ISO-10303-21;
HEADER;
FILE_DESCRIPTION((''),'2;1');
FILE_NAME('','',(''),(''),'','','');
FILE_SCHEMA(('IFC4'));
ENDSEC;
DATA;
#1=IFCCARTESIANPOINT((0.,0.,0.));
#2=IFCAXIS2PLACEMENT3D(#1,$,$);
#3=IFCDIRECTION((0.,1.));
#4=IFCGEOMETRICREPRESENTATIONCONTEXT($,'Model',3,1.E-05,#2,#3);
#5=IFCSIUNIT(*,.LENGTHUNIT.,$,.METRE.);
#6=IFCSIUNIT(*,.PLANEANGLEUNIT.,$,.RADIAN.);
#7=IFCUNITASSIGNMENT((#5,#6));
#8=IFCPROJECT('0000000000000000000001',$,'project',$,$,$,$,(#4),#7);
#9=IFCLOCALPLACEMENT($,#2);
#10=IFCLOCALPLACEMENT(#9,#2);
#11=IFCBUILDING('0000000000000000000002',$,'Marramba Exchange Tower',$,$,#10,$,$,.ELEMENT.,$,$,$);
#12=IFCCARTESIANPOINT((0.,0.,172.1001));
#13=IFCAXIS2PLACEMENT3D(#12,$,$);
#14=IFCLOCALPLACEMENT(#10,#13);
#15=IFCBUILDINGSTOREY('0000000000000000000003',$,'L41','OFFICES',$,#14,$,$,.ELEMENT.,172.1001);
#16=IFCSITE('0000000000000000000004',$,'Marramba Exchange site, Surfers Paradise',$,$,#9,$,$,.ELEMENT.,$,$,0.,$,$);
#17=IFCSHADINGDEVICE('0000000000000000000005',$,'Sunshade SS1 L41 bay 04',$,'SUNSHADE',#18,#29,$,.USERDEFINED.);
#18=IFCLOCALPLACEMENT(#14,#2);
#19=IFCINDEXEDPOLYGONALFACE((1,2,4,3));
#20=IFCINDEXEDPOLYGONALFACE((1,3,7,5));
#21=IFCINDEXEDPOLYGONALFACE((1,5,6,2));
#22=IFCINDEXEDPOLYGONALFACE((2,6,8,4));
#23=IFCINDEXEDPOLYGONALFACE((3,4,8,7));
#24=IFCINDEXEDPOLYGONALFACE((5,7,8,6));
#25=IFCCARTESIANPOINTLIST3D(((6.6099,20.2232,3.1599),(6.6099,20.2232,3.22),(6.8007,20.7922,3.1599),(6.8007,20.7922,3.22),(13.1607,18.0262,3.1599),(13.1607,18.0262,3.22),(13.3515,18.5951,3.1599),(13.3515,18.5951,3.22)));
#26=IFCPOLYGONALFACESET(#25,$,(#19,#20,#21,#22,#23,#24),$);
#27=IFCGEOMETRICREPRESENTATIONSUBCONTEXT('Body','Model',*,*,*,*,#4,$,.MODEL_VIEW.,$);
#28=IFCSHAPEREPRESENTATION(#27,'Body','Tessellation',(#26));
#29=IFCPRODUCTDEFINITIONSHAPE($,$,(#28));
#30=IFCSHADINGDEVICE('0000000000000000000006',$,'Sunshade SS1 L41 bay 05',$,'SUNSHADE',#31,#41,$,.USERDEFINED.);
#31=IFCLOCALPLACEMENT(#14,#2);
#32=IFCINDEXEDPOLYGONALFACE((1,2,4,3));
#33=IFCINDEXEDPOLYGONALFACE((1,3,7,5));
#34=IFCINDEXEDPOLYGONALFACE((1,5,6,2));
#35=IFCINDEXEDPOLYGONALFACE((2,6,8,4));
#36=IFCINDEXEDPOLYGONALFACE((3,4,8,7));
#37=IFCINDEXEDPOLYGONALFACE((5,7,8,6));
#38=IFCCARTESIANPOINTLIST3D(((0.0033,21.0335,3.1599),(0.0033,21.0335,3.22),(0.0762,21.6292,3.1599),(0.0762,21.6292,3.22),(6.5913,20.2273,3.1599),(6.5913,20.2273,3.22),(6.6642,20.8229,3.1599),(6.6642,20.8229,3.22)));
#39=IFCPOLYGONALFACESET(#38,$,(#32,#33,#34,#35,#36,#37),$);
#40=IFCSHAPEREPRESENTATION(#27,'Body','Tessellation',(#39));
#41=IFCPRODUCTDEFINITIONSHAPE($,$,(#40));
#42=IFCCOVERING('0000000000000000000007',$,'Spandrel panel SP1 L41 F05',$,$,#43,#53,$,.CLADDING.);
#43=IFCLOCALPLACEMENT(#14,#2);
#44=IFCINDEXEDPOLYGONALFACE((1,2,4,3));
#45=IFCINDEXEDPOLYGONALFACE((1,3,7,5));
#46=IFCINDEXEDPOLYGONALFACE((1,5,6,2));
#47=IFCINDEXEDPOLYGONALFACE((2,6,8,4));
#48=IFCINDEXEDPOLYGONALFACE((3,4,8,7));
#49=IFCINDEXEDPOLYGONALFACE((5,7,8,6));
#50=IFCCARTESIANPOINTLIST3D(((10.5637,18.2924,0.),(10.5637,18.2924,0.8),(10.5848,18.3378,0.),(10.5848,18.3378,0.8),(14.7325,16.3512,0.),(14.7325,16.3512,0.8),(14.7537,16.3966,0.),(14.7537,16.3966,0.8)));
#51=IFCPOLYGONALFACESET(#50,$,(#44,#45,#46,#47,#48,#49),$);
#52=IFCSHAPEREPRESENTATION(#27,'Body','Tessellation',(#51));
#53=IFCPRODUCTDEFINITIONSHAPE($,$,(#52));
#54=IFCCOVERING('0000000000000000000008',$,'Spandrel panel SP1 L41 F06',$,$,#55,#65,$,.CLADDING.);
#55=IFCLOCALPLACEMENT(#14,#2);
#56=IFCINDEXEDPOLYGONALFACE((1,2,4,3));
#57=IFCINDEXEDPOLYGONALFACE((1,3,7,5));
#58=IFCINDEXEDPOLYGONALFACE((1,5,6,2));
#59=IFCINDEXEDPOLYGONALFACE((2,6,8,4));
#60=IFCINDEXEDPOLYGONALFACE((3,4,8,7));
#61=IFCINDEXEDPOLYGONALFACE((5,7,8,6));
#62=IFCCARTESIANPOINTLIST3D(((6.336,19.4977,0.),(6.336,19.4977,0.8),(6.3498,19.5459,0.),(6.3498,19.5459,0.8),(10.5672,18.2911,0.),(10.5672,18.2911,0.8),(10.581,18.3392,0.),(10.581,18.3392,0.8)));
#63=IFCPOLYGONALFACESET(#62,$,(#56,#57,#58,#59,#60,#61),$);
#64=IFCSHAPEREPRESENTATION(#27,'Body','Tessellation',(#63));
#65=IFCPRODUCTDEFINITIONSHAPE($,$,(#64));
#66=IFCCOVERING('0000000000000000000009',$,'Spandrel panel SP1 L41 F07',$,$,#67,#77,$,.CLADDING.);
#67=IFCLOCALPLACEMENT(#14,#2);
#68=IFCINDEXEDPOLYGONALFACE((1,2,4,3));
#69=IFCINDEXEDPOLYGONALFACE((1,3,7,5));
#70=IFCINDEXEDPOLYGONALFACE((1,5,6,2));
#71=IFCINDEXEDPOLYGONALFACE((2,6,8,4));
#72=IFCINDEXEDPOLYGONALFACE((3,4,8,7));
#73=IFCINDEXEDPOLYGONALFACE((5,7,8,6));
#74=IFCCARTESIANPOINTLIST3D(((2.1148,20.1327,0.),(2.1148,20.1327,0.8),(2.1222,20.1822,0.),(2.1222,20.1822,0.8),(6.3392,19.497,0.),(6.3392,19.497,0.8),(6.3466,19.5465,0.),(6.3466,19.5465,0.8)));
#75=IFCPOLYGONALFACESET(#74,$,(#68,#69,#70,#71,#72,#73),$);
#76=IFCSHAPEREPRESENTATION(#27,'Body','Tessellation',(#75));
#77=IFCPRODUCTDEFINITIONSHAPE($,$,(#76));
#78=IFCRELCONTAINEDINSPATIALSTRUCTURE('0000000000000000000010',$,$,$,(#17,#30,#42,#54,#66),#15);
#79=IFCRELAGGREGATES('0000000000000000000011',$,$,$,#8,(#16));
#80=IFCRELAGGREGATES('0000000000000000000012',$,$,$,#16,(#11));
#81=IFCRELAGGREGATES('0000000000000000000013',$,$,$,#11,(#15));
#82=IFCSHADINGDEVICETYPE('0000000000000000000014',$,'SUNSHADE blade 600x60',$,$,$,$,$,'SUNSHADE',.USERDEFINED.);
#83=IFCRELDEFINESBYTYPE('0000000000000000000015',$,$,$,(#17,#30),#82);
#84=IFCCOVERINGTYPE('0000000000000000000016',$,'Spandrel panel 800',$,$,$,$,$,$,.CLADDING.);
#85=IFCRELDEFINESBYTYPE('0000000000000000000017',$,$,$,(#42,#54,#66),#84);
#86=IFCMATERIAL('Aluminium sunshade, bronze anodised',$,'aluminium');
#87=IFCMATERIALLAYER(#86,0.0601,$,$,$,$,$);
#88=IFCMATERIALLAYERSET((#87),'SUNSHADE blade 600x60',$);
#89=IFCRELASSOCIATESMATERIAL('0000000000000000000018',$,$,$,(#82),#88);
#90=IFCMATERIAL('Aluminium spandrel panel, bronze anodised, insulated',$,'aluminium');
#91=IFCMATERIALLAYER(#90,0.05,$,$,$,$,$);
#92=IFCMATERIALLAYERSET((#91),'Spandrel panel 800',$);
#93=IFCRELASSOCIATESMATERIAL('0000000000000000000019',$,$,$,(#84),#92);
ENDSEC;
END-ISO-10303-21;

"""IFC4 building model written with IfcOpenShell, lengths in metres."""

from ifc_helpers import new_model, si_unit, direction, frame, origin, origin_2d, place, context, subcontext, project, spatial, rectangle, extrude, material, layer, layer_set, type_object, element, save


model = new_model("IFC4")

# Units and contexts
model_context = context("Model", 3, precision=1e-05, world=origin(), true_north=direction((0.0, 1.0)))
body_context = subcontext(model_context, "Body", "Model", "MODEL_VIEW")
ifc_project = project(units=[si_unit("LENGTHUNIT", "METRE"), si_unit("PLANEANGLEUNIT", "RADIAN")], contexts=[model_context])

# Site, building, storey
site_placement = place(None, origin())
site = spatial("IfcSite", under=ifc_project, at=site_placement, Name="Marramba Exchange site, Surfers Paradise", CompositionType="ELEMENT", RefElevation=0.0)
building_placement = place(site_placement, origin())
building = spatial("IfcBuilding", under=site, at=building_placement, Name="Marramba Exchange Tower", CompositionType="ELEMENT")
storey_placement = place(building_placement, frame((0.0, 0.0, 172.1001)))
storey = spatial("IfcBuildingStorey", under=building, at=storey_placement, Name="L41", Description="OFFICES", CompositionType="ELEMENT", Elevation=172.1001)

# Shading devices
ifc_material_1 = material(Name="Aluminium sunshade, bronze anodised", Category="aluminium")
ifc_layer_1 = layer(ifc_material_1, 0.0601)
ifc_layer_set_1 = layer_set([ifc_layer_1], Name="SUNSHADE blade 600x60")
shading_device_type_1 = type_object("IfcShadingDeviceType", Name="SUNSHADE blade 600x60", ElementType="SUNSHADE", PredefinedType="USERDEFINED", material=ifc_layer_set_1)
shading_device_1_placement = place(storey_placement, frame((9.9807, 19.4092, 3.1599), z_axis=(0.0, 0.0, 1.0), x_axis=(-0.948096, 0.317983, 0.0)))
element("IfcShadingDevice", 1, at=shading_device_1_placement, inside=storey, type_object=shading_device_type_1, Name="Sunshade SS1 L41 bay 04", ObjectType="SUNSHADE", PredefinedType="USERDEFINED", context=body_context, shape_type="SweptSolid", body=[
    extrude(rectangle(XDim=6.9094, YDim=0.6001, at=origin_2d()), origin(), (0.0, 0.0, 1.0), 0.0601),
])
shading_device_2_placement = place(storey_placement, frame((3.3337, 20.9282, 3.1599), z_axis=(0.0, 0.0, 1.0), x_axis=(-0.992595, 0.121469, 0.0)))
element("IfcShadingDevice", 2, at=shading_device_2_placement, inside=storey, type_object=shading_device_type_1, Name="Sunshade SS1 L41 bay 05", ObjectType="SUNSHADE", PredefinedType="USERDEFINED", context=body_context, shape_type="SweptSolid", body=[
    extrude(rectangle(XDim=6.6372, YDim=0.6001, at=origin_2d()), origin(), (0.0, 0.0, 1.0), 0.0601),
])

# Coverings
ifc_material_2 = material(Name="Aluminium spandrel panel, bronze anodised, insulated", Category="aluminium")
ifc_layer_2 = layer(ifc_material_2, 0.05)
ifc_layer_set_2 = layer_set([ifc_layer_2], Name="Spandrel panel 800")
covering_type = type_object("IfcCoveringType", Name="Spandrel panel 800", PredefinedType="CLADDING", material=ifc_layer_set_2)
covering_1_placement = place(storey_placement, frame((12.6587, 17.3445, 0.0), z_axis=(0.0, 0.0, 1.0), x_axis=(-0.906534, 0.422133, 0.0)))
element("IfcCovering", 3, at=covering_1_placement, inside=storey, type_object=covering_type, Name="Spandrel panel SP1 L41 F05", PredefinedType="CLADDING", context=body_context, shape_type="SweptSolid", body=[
    extrude(rectangle(XDim=4.5986, YDim=0.05, at=origin_2d()), origin(), (0.0, 0.0, 1.0), 0.8),
])
covering_2_placement = place(storey_placement, frame((8.4585, 18.9185, 0.0), z_axis=(0.0, 0.0, 1.0), x_axis=(-0.961659, 0.274248, 0.0)))
element("IfcCovering", 4, at=covering_2_placement, inside=storey, type_object=covering_type, Name="Spandrel panel SP1 L41 F06", PredefinedType="CLADDING", context=body_context, shape_type="SweptSolid", body=[
    extrude(rectangle(XDim=4.3999, YDim=0.05, at=origin_2d()), origin(), (0.0, 0.0, 1.0), 0.8),
])
covering_3_placement = place(storey_placement, frame((4.2307, 19.8396, 0.0), z_axis=(0.0, 0.0, 1.0), x_axis=(-0.988868, 0.148795, 0.0)))
element("IfcCovering", 5, at=covering_3_placement, inside=storey, type_object=covering_type, Name="Spandrel panel SP1 L41 F07", PredefinedType="CLADDING", context=body_context, shape_type="SweptSolid", body=[
    extrude(rectangle(XDim=4.272, YDim=0.05, at=origin_2d()), origin(), (0.0, 0.0, 1.0), 0.8),
])

save(model, "model.ifc")
